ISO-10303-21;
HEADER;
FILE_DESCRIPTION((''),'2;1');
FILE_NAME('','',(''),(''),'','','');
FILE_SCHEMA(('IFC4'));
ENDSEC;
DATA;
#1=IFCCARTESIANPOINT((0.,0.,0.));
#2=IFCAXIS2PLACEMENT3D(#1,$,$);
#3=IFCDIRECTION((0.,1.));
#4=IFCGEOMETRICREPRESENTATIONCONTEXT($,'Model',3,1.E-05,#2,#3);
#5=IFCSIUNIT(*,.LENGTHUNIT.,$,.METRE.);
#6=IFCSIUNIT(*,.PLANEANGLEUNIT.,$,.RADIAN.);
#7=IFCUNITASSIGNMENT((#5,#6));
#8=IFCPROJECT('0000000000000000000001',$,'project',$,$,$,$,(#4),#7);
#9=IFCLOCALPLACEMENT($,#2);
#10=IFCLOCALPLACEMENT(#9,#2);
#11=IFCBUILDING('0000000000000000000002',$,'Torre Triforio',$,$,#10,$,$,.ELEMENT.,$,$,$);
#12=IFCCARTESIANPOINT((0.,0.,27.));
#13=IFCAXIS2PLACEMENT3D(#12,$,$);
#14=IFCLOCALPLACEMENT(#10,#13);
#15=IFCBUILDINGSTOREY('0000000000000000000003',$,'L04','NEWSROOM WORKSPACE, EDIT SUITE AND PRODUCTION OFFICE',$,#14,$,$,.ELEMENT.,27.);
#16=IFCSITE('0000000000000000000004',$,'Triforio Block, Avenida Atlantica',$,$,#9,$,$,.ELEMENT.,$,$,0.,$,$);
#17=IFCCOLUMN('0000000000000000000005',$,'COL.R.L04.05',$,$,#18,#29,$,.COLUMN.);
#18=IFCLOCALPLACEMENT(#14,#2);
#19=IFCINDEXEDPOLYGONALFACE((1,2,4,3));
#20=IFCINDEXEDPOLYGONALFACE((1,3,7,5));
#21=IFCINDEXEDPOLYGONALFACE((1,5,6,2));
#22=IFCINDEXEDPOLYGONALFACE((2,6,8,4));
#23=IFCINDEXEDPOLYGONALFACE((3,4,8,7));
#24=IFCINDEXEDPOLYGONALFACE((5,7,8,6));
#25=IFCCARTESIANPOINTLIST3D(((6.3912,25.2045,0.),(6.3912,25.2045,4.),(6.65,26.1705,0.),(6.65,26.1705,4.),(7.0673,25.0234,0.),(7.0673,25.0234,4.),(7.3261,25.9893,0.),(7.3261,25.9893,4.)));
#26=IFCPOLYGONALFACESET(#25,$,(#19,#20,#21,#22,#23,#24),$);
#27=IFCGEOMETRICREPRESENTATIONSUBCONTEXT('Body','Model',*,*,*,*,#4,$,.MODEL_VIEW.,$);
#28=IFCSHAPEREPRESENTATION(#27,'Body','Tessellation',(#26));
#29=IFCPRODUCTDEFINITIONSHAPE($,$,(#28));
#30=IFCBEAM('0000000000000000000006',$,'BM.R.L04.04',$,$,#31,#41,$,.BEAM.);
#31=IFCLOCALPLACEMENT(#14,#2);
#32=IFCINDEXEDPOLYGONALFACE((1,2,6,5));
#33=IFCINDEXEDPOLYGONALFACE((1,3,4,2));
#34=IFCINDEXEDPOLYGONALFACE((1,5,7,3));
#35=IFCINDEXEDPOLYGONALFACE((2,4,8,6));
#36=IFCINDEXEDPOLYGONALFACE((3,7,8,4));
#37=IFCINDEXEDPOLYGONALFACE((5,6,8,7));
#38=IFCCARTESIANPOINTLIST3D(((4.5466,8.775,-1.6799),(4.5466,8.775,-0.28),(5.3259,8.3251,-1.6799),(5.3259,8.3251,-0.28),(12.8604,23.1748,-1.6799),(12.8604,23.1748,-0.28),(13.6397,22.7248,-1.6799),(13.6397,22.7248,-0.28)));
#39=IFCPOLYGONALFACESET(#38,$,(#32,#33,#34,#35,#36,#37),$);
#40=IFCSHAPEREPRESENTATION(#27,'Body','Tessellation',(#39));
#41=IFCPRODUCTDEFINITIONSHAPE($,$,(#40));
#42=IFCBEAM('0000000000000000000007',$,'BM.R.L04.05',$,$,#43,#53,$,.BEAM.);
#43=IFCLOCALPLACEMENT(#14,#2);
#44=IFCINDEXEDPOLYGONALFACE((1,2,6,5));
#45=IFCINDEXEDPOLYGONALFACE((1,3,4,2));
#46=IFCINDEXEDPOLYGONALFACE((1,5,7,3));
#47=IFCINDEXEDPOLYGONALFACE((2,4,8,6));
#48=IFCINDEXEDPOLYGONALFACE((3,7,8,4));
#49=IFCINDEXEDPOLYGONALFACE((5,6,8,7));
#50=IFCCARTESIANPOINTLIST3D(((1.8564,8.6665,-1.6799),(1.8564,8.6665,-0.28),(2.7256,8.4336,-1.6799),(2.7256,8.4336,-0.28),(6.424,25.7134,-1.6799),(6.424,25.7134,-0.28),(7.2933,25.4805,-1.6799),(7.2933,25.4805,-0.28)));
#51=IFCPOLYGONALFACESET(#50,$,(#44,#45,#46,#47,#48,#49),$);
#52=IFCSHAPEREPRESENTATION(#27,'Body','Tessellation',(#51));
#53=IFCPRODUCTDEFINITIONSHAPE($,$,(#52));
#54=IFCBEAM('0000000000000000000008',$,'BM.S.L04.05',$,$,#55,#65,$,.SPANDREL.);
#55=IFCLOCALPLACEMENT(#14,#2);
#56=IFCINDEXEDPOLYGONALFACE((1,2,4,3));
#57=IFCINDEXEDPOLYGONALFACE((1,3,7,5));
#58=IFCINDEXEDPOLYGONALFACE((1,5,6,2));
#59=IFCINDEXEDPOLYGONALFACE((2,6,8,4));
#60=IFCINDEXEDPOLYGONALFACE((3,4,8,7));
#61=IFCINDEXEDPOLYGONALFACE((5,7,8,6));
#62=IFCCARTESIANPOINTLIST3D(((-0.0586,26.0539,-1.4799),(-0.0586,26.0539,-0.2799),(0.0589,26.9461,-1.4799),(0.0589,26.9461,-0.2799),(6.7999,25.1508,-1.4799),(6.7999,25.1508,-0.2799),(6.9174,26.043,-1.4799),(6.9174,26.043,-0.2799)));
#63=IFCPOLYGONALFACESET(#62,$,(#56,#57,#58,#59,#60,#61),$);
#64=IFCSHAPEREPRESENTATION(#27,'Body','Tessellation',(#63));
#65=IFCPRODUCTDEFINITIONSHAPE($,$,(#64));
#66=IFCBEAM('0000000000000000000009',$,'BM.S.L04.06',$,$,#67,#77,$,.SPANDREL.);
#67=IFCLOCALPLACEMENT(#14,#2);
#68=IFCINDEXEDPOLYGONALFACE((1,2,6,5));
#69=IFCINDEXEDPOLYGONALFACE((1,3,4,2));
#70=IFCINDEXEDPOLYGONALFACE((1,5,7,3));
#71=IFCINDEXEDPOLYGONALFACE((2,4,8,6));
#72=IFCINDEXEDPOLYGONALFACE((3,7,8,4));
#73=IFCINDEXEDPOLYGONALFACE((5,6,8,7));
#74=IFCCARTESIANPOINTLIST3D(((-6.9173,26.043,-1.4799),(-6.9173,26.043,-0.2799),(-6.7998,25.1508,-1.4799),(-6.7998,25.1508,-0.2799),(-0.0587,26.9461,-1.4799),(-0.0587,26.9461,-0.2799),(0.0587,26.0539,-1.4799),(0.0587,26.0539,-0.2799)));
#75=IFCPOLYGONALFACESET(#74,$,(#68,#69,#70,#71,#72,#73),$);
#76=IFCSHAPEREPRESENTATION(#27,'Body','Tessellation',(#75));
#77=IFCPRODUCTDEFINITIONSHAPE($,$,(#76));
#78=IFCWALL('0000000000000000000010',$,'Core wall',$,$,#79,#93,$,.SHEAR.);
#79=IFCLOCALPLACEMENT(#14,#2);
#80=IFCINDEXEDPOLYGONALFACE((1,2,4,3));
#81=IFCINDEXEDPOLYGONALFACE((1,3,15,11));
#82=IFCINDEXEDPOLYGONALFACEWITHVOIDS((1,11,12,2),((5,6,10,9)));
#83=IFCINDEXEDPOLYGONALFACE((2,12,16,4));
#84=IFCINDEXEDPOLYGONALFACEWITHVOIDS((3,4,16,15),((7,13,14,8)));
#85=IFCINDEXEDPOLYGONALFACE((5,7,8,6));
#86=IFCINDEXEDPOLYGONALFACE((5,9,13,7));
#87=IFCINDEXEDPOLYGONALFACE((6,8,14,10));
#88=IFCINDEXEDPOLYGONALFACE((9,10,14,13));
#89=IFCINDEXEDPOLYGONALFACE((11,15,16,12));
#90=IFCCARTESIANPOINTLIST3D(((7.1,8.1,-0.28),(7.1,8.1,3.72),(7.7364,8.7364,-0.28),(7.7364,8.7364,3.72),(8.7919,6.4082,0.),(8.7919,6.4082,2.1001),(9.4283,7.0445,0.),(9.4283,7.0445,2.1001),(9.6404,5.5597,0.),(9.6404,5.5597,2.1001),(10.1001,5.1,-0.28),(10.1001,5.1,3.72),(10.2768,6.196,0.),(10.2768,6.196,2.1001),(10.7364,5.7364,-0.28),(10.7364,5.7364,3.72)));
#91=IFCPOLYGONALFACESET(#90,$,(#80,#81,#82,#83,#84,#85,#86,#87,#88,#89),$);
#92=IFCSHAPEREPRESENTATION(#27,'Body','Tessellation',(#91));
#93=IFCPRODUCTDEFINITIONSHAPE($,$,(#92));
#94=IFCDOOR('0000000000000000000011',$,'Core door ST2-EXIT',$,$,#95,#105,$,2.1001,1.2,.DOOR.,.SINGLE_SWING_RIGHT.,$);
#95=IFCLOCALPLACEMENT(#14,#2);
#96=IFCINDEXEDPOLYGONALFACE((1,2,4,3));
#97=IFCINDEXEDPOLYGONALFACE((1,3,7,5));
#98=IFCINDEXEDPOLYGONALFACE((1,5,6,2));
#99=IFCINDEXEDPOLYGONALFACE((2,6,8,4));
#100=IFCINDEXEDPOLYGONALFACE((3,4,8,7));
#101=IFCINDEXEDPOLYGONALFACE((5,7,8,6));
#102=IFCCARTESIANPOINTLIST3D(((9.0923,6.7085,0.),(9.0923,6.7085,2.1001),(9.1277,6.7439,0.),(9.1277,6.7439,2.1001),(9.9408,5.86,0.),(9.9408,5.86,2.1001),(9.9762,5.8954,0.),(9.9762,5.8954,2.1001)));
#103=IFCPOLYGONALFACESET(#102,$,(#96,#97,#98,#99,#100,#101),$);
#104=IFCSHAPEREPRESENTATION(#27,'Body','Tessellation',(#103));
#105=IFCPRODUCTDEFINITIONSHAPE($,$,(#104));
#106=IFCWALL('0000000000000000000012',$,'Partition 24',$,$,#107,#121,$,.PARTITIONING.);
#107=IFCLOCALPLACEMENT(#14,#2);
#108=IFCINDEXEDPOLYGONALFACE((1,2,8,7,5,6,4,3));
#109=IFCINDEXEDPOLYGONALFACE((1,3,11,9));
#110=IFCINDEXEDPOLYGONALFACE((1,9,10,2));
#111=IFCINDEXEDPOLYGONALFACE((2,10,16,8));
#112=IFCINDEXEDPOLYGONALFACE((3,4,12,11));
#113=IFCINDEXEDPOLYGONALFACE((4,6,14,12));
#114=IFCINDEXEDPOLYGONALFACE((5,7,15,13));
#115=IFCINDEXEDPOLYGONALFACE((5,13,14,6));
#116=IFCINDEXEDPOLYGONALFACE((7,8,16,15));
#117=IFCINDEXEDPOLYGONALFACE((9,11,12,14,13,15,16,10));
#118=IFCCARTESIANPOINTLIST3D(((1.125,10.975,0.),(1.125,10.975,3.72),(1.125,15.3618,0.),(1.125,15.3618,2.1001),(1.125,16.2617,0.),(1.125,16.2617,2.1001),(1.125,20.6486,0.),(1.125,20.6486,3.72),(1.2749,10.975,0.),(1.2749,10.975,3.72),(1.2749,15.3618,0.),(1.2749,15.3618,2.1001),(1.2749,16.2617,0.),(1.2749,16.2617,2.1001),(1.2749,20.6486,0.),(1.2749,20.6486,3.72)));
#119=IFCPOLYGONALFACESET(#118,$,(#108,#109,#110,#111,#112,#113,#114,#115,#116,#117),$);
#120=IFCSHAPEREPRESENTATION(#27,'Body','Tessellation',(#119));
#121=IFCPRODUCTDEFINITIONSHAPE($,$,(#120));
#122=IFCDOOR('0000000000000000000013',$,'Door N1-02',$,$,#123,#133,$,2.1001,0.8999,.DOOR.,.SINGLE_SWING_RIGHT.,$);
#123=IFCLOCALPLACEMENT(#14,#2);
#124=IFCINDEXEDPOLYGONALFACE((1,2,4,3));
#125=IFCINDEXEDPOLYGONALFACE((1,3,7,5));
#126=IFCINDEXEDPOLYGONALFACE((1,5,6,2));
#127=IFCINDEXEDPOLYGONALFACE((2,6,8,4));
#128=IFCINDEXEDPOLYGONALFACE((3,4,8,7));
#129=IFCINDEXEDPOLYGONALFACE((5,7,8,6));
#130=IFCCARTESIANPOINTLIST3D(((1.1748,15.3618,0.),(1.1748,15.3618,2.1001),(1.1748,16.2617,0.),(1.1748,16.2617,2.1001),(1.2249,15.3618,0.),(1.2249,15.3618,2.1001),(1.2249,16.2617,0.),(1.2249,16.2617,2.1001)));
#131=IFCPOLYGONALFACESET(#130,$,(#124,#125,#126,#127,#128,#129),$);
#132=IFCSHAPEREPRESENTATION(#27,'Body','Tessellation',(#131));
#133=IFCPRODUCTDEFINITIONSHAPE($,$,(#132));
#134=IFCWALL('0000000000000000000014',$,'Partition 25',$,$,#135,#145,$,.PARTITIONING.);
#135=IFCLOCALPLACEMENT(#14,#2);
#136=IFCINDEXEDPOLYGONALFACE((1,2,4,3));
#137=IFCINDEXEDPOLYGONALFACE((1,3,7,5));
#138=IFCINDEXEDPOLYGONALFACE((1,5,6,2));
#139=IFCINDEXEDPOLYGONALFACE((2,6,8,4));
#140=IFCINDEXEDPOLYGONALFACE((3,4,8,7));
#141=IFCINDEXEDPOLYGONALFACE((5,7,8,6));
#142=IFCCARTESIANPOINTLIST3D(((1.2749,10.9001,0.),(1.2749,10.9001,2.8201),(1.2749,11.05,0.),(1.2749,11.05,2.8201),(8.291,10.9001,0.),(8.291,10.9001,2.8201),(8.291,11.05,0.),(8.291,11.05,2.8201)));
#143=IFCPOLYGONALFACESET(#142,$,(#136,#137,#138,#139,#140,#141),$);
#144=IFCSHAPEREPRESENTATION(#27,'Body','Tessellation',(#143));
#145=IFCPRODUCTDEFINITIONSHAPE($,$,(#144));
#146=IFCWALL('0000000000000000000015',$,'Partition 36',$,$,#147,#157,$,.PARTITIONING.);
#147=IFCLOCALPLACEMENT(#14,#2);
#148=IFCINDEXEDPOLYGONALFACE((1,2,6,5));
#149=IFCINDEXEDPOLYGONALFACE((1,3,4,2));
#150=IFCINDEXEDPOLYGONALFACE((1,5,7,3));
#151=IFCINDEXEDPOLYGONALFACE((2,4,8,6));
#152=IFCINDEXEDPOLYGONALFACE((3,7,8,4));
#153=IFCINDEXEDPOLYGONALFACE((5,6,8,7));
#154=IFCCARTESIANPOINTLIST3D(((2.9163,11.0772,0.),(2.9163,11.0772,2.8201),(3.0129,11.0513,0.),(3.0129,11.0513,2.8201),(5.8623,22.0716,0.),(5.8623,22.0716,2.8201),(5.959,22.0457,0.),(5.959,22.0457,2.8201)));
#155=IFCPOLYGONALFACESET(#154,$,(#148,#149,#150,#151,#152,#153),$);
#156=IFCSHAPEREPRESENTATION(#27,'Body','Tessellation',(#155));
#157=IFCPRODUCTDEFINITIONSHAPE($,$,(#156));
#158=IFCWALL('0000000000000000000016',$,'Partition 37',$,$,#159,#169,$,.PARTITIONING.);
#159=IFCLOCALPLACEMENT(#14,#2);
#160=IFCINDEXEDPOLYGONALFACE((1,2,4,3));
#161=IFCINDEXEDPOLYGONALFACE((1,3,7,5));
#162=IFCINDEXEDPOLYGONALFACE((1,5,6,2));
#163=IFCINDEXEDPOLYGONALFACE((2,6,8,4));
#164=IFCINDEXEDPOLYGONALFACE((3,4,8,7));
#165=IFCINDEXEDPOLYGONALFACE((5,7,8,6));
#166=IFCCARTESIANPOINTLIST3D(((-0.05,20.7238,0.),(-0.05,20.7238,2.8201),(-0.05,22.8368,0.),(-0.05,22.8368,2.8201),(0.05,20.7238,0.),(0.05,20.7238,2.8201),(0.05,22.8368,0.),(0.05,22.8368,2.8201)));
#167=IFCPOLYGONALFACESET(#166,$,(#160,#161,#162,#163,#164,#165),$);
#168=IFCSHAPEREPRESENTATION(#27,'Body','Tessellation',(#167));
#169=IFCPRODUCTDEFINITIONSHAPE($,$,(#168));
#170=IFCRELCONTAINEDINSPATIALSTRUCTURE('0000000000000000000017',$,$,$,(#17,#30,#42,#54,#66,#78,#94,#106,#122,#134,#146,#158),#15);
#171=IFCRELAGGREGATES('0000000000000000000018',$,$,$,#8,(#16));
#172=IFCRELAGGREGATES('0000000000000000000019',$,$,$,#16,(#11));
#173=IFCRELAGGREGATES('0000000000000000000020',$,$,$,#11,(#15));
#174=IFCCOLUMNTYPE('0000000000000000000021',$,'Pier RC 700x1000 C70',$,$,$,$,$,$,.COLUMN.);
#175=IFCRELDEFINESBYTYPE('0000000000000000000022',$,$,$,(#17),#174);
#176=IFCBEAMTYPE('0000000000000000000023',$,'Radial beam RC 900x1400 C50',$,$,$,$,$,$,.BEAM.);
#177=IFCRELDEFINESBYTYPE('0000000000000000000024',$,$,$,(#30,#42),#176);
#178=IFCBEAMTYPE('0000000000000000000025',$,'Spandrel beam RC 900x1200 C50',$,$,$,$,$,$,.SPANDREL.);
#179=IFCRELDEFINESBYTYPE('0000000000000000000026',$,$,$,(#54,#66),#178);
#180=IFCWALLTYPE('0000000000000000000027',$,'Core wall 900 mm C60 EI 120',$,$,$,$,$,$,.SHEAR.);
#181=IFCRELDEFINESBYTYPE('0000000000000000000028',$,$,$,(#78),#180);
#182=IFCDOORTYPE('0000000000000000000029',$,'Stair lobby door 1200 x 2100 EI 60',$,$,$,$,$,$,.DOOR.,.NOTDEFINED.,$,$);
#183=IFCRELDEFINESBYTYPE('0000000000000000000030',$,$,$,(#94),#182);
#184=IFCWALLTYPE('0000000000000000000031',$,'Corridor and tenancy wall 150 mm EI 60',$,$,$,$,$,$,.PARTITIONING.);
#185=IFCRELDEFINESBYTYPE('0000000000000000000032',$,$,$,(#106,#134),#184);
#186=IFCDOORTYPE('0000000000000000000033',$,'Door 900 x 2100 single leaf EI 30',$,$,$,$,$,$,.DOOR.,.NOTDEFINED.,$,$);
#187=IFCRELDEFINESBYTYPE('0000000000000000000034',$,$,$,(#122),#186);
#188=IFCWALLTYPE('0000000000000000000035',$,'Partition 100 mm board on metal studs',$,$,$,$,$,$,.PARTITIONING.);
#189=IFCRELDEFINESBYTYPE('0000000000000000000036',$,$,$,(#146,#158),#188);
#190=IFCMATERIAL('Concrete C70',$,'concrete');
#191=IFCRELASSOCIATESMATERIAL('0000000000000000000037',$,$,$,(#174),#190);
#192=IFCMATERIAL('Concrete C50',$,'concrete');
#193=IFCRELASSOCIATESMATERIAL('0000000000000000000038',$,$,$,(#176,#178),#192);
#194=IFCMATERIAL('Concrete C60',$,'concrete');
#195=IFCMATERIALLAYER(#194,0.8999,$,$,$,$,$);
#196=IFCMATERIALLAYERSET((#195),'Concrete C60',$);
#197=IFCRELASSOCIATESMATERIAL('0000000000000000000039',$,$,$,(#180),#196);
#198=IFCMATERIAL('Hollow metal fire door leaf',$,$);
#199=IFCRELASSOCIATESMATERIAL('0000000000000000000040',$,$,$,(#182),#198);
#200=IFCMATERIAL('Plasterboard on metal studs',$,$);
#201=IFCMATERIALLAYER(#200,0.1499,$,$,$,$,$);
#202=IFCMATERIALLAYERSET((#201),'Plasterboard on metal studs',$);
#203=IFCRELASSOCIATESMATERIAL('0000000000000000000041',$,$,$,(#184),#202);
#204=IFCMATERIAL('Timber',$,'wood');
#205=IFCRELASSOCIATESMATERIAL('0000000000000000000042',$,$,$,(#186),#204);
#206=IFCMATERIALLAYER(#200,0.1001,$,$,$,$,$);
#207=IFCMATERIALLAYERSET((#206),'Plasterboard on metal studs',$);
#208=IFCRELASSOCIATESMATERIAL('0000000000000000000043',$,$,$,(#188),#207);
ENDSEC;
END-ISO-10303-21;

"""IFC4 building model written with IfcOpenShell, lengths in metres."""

from ifc_helpers import new_model, si_unit, direction, frame, frame_2d, origin, origin_2d, place, context, subcontext, project, spatial, rectangle, extrude, material, layer, layer_set, material_profile, profile_set, type_object, element, fill, save


model = new_model("IFC4")

# Units and contexts
model_context = context("Model", 3, precision=1e-05, world=origin(), true_north=direction((0.0, 1.0)))
body_context = subcontext(model_context, "Body", "Model", "MODEL_VIEW")
ifc_project = project(units=[si_unit("LENGTHUNIT", "METRE"), si_unit("PLANEANGLEUNIT", "RADIAN")], contexts=[model_context])

# Site, building, storey
site_placement = place(None, origin())
site = spatial("IfcSite", under=ifc_project, at=site_placement, Name="Triforio Block, Avenida Atlantica", CompositionType="ELEMENT", RefElevation=0.0)
building_placement = place(site_placement, origin())
building = spatial("IfcBuilding", under=site, at=building_placement, Name="Torre Triforio", CompositionType="ELEMENT")
storey_placement = place(building_placement, frame((0.0, 0.0, 27.0)))
storey = spatial("IfcBuildingStorey", under=building, at=storey_placement, Name="L04", Description="NEWSROOM WORKSPACE, EDIT SUITE AND PRODUCTION OFFICE", CompositionType="ELEMENT", Elevation=27.0)

# Column
ifc_material_1 = material(Name="Concrete C70", Category="concrete")
ifc_material_profile_1 = material_profile(ifc_material_1, rectangle(XDim=0.7, YDim=1.0, at=origin_2d()), Name="RC 700x1000")
ifc_profile_set_1 = profile_set([ifc_material_profile_1], Name="Concrete C70")
column_type = type_object("IfcColumnType", Name="Pier RC 700x1000 C70", PredefinedType="COLUMN", material=ifc_profile_set_1)
column_placement = place(storey_placement, frame((6.8586, 25.5969, 0.0), z_axis=(0.0, 0.0, 1.0), x_axis=(-0.965926, 0.258819, 0.0)))
element("IfcColumn", 1, at=column_placement, inside=storey, type_object=column_type, Name="COL.R.L04.05", PredefinedType="COLUMN", context=body_context, shape_type="SweptSolid", body=[
    extrude(rectangle(XDim=0.7, YDim=1.0, at=origin_2d()), origin(), (0.0, 0.0, 1.0), 4.0),
])

# Beams
ifc_material_2 = material(Name="Concrete C50", Category="concrete")
ifc_material_profile_2 = material_profile(ifc_material_2, rectangle(XDim=0.8999, YDim=1.3999, at=origin_2d()), Name="RC 900x1400")
ifc_profile_set_2 = profile_set([ifc_material_profile_2], Name="Concrete C50")
beam_type_1 = type_object("IfcBeamType", Name="Radial beam RC 900x1400 C50", PredefinedType="BEAM", material=ifc_profile_set_2)
beam_1_placement = place(storey_placement, frame((4.9363, 8.55, -0.98), z_axis=(0.500003, 0.866023, 0.0), x_axis=(-0.866023, 0.500003, 0.0)))
element("IfcBeam", 2, at=beam_1_placement, inside=storey, type_object=beam_type_1, Name="BM.R.L04.04", PredefinedType="BEAM", context=body_context, shape_type="SweptSolid", body=[
    extrude(rectangle(XDim=0.8999, YDim=1.3999, at=origin_2d()), origin(), (0.0, 0.0, 1.0), 16.6274),
])
beam_2_placement = place(storey_placement, frame((2.291, 8.55, -0.98), z_axis=(0.258815, 0.965927, 0.0), x_axis=(-0.965927, 0.258815, 0.0)))
element("IfcBeam", 3, at=beam_2_placement, inside=storey, type_object=beam_type_1, Name="BM.R.L04.05", PredefinedType="BEAM", context=body_context, shape_type="SweptSolid", body=[
    extrude(rectangle(XDim=0.8999, YDim=1.3999, at=origin_2d()), origin(), (0.0, 0.0, 1.0), 17.6482),
])
ifc_material_profile_3 = material_profile(ifc_material_2, rectangle(XDim=0.8999, YDim=1.2, at=origin_2d()), Name="RC 900x1200")
ifc_profile_set_3 = profile_set([ifc_material_profile_3], Name="Concrete C50")
beam_type_2 = type_object("IfcBeamType", Name="Spandrel beam RC 900x1200 C50", PredefinedType="SPANDREL", material=ifc_profile_set_3)
for number, where, z_axis, x_axis, name in (
    (4, (6.8586, 25.5969, -0.8799), (-0.991443, 0.130543, 0.0), (-0.130543, -0.991443, 0.0), "BM.S.L04.05"),
    (5, (0.0, 26.5, -0.8799), (-0.991443, -0.130543, 0.0), (0.130543, -0.991443, 0.0), "BM.S.L04.06"),
):
    element("IfcBeam", number, at=place(storey_placement, frame(where, z_axis=z_axis, x_axis=x_axis)), inside=storey, type_object=beam_type_2, Name=name, PredefinedType="SPANDREL", context=body_context, shape_type="SweptSolid", body=[
        extrude(rectangle(XDim=0.8999, YDim=1.2, at=origin_2d()), origin(), (0.0, 0.0, 1.0), 6.9177),
    ])

# Walls, openings, doors
ifc_material_3 = material(Name="Concrete C60", Category="concrete")
ifc_layer_1 = layer(ifc_material_3, 0.8999)
ifc_layer_set_1 = layer_set([ifc_layer_1], Name="Concrete C60")
wall_type_1 = type_object("IfcWallType", Name="Core wall 900 mm C60 EI 120", PredefinedType="SHEAR", material=ifc_layer_set_1)
wall_1_placement = place(storey_placement, frame((7.4182, 8.4182, -0.28), z_axis=(0.0, 0.0, 1.0), x_axis=(0.707107, -0.707107, 0.0)))
wall_1 = element("IfcWall", 6, at=wall_1_placement, inside=storey, type_object=wall_type_1, Name="Core wall", PredefinedType="SHEAR", context=body_context, shape_type="SweptSolid", body=[
    extrude(rectangle(XDim=4.2427, YDim=0.8999, at=frame_2d((2.1213, 0.0))), origin(), (0.0, 0.0, 1.0), 4.0),
])
opening_1_placement = place(wall_1_placement, frame((2.3926, 0.0, 0.28)))
opening_1 = element("IfcOpeningElement", 7, at=opening_1_placement, cuts=wall_1, PredefinedType="OPENING", context=body_context, shape_type="SweptSolid", body=[
    extrude(rectangle(XDim=1.2, YDim=2.1001, at=frame_2d((0.6001, 1.05))), frame((0.0, 0.46, 0.0), z_axis=(0.0, -1.0, 0.0), x_axis=(1.0, 0.0, 0.0)), (0.0, 0.0, 1.0), 0.9199),
])
ifc_material_4 = material(Name="Hollow metal fire door leaf")
door_type_1 = type_object("IfcDoorType", Name="Stair lobby door 1200 x 2100 EI 60", OperationType="NOTDEFINED", PredefinedType="DOOR", material=ifc_material_4)
door_1_placement = place(opening_1_placement, origin())
door_1 = element("IfcDoor", 8, at=door_1_placement, inside=storey, type_object=door_type_1, Name="Core door ST2-EXIT", OperationType="SINGLE_SWING_RIGHT", OverallHeight=2.1001, OverallWidth=1.2, PredefinedType="DOOR", context=body_context, shape_type="SweptSolid", body=[
    extrude(rectangle(XDim=1.2, YDim=2.1001, at=frame_2d((0.6001, 1.05))), frame((0.0, 0.0249, 0.0), z_axis=(0.0, -1.0, 0.0), x_axis=(1.0, 0.0, 0.0)), (0.0, 0.0, 1.0), 0.05),
])
fill(opening_1, door_1)
ifc_material_5 = material(Name="Plasterboard on metal studs")
ifc_layer_2 = layer(ifc_material_5, 0.1499)
ifc_layer_set_2 = layer_set([ifc_layer_2], Name="Plasterboard on metal studs")
wall_type_2 = type_object("IfcWallType", Name="Corridor and tenancy wall 150 mm EI 60", PredefinedType="PARTITIONING", material=ifc_layer_set_2)
wall_2_placement = place(storey_placement, frame((1.2, 20.6487, 0.0), z_axis=(0.0, 0.0, 1.0), x_axis=(0.0, -1.0, 0.0)))
wall_2 = element("IfcWall", 9, at=wall_2_placement, inside=storey, type_object=wall_type_2, Name="Partition 24", PredefinedType="PARTITIONING", context=body_context, shape_type="SweptSolid", body=[
    extrude(rectangle(XDim=9.6736, YDim=0.1499, at=frame_2d((4.8369, 0.0))), origin(), (0.0, 0.0, 1.0), 3.72),
])
opening_2_placement = place(wall_2_placement, frame((4.387, 0.0, 0.0)))
opening_2 = element("IfcOpeningElement", 10, at=opening_2_placement, cuts=wall_2, PredefinedType="OPENING", context=body_context, shape_type="SweptSolid", body=[
    extrude(rectangle(XDim=0.8999, YDim=2.1001, at=frame_2d((0.45, 1.05))), frame((0.0, 0.085, 0.0), z_axis=(0.0, -1.0, 0.0), x_axis=(1.0, 0.0, 0.0)), (0.0, 0.0, 1.0), 0.1699),
])
ifc_material_6 = material(Name="Timber", Category="wood")
door_type_2 = type_object("IfcDoorType", Name="Door 900 x 2100 single leaf EI 30", OperationType="NOTDEFINED", PredefinedType="DOOR", material=ifc_material_6)
door_2_placement = place(opening_2_placement, origin())
door_2 = element("IfcDoor", 11, at=door_2_placement, inside=storey, type_object=door_type_2, Name="Door N1-02", OperationType="SINGLE_SWING_RIGHT", OverallHeight=2.1001, OverallWidth=0.8999, PredefinedType="DOOR", context=body_context, shape_type="SweptSolid", body=[
    extrude(rectangle(XDim=0.8999, YDim=2.1001, at=frame_2d((0.45, 1.05))), frame((0.0, 0.0249, 0.0), z_axis=(0.0, -1.0, 0.0), x_axis=(1.0, 0.0, 0.0)), (0.0, 0.0, 1.0), 0.05),
])
fill(opening_2, door_2)

# Walls
wall_3_placement = place(storey_placement, frame((1.2749, 10.9751, 0.0), z_axis=(0.0, 0.0, 1.0), x_axis=(1.0, 0.0, 0.0)))
element("IfcWall", 12, at=wall_3_placement, inside=storey, type_object=wall_type_2, Name="Partition 25", PredefinedType="PARTITIONING", context=body_context, shape_type="SweptSolid", body=[
    extrude(rectangle(XDim=7.0161, YDim=0.1499, at=frame_2d((3.5081, 0.0))), origin(), (0.0, 0.0, 1.0), 2.8201),
])
ifc_layer_3 = layer(ifc_material_5, 0.1001)
ifc_layer_set_3 = layer_set([ifc_layer_3], Name="Plasterboard on metal studs")
wall_type_3 = type_object("IfcWallType", Name="Partition 100 mm board on metal studs", PredefinedType="PARTITIONING", material=ifc_layer_set_3)
wall_4_placement = place(storey_placement, frame((2.9646, 11.0642, 0.0), z_axis=(0.0, 0.0, 1.0), x_axis=(0.258828, 0.965923, 0.0)))
element("IfcWall", 13, at=wall_4_placement, inside=storey, type_object=wall_type_3, Name="Partition 36", PredefinedType="PARTITIONING", context=body_context, shape_type="SweptSolid", body=[
    extrude(rectangle(XDim=11.3823, YDim=0.1001, at=frame_2d((5.6912, 0.0))), origin(), (0.0, 0.0, 1.0), 2.8201),
])
wall_5_placement = place(storey_placement, frame((0.0, 20.7236, 0.0), z_axis=(0.0, 0.0, 1.0), x_axis=(0.0, 1.0, 0.0)))
element("IfcWall", 14, at=wall_5_placement, inside=storey, type_object=wall_type_3, Name="Partition 37", PredefinedType="PARTITIONING", context=body_context, shape_type="SweptSolid", body=[
    extrude(rectangle(XDim=2.113, YDim=0.1001, at=frame_2d((1.0566, 0.0))), origin(), (0.0, 0.0, 1.0), 2.8201),
])

save(model, "model.ifc")
